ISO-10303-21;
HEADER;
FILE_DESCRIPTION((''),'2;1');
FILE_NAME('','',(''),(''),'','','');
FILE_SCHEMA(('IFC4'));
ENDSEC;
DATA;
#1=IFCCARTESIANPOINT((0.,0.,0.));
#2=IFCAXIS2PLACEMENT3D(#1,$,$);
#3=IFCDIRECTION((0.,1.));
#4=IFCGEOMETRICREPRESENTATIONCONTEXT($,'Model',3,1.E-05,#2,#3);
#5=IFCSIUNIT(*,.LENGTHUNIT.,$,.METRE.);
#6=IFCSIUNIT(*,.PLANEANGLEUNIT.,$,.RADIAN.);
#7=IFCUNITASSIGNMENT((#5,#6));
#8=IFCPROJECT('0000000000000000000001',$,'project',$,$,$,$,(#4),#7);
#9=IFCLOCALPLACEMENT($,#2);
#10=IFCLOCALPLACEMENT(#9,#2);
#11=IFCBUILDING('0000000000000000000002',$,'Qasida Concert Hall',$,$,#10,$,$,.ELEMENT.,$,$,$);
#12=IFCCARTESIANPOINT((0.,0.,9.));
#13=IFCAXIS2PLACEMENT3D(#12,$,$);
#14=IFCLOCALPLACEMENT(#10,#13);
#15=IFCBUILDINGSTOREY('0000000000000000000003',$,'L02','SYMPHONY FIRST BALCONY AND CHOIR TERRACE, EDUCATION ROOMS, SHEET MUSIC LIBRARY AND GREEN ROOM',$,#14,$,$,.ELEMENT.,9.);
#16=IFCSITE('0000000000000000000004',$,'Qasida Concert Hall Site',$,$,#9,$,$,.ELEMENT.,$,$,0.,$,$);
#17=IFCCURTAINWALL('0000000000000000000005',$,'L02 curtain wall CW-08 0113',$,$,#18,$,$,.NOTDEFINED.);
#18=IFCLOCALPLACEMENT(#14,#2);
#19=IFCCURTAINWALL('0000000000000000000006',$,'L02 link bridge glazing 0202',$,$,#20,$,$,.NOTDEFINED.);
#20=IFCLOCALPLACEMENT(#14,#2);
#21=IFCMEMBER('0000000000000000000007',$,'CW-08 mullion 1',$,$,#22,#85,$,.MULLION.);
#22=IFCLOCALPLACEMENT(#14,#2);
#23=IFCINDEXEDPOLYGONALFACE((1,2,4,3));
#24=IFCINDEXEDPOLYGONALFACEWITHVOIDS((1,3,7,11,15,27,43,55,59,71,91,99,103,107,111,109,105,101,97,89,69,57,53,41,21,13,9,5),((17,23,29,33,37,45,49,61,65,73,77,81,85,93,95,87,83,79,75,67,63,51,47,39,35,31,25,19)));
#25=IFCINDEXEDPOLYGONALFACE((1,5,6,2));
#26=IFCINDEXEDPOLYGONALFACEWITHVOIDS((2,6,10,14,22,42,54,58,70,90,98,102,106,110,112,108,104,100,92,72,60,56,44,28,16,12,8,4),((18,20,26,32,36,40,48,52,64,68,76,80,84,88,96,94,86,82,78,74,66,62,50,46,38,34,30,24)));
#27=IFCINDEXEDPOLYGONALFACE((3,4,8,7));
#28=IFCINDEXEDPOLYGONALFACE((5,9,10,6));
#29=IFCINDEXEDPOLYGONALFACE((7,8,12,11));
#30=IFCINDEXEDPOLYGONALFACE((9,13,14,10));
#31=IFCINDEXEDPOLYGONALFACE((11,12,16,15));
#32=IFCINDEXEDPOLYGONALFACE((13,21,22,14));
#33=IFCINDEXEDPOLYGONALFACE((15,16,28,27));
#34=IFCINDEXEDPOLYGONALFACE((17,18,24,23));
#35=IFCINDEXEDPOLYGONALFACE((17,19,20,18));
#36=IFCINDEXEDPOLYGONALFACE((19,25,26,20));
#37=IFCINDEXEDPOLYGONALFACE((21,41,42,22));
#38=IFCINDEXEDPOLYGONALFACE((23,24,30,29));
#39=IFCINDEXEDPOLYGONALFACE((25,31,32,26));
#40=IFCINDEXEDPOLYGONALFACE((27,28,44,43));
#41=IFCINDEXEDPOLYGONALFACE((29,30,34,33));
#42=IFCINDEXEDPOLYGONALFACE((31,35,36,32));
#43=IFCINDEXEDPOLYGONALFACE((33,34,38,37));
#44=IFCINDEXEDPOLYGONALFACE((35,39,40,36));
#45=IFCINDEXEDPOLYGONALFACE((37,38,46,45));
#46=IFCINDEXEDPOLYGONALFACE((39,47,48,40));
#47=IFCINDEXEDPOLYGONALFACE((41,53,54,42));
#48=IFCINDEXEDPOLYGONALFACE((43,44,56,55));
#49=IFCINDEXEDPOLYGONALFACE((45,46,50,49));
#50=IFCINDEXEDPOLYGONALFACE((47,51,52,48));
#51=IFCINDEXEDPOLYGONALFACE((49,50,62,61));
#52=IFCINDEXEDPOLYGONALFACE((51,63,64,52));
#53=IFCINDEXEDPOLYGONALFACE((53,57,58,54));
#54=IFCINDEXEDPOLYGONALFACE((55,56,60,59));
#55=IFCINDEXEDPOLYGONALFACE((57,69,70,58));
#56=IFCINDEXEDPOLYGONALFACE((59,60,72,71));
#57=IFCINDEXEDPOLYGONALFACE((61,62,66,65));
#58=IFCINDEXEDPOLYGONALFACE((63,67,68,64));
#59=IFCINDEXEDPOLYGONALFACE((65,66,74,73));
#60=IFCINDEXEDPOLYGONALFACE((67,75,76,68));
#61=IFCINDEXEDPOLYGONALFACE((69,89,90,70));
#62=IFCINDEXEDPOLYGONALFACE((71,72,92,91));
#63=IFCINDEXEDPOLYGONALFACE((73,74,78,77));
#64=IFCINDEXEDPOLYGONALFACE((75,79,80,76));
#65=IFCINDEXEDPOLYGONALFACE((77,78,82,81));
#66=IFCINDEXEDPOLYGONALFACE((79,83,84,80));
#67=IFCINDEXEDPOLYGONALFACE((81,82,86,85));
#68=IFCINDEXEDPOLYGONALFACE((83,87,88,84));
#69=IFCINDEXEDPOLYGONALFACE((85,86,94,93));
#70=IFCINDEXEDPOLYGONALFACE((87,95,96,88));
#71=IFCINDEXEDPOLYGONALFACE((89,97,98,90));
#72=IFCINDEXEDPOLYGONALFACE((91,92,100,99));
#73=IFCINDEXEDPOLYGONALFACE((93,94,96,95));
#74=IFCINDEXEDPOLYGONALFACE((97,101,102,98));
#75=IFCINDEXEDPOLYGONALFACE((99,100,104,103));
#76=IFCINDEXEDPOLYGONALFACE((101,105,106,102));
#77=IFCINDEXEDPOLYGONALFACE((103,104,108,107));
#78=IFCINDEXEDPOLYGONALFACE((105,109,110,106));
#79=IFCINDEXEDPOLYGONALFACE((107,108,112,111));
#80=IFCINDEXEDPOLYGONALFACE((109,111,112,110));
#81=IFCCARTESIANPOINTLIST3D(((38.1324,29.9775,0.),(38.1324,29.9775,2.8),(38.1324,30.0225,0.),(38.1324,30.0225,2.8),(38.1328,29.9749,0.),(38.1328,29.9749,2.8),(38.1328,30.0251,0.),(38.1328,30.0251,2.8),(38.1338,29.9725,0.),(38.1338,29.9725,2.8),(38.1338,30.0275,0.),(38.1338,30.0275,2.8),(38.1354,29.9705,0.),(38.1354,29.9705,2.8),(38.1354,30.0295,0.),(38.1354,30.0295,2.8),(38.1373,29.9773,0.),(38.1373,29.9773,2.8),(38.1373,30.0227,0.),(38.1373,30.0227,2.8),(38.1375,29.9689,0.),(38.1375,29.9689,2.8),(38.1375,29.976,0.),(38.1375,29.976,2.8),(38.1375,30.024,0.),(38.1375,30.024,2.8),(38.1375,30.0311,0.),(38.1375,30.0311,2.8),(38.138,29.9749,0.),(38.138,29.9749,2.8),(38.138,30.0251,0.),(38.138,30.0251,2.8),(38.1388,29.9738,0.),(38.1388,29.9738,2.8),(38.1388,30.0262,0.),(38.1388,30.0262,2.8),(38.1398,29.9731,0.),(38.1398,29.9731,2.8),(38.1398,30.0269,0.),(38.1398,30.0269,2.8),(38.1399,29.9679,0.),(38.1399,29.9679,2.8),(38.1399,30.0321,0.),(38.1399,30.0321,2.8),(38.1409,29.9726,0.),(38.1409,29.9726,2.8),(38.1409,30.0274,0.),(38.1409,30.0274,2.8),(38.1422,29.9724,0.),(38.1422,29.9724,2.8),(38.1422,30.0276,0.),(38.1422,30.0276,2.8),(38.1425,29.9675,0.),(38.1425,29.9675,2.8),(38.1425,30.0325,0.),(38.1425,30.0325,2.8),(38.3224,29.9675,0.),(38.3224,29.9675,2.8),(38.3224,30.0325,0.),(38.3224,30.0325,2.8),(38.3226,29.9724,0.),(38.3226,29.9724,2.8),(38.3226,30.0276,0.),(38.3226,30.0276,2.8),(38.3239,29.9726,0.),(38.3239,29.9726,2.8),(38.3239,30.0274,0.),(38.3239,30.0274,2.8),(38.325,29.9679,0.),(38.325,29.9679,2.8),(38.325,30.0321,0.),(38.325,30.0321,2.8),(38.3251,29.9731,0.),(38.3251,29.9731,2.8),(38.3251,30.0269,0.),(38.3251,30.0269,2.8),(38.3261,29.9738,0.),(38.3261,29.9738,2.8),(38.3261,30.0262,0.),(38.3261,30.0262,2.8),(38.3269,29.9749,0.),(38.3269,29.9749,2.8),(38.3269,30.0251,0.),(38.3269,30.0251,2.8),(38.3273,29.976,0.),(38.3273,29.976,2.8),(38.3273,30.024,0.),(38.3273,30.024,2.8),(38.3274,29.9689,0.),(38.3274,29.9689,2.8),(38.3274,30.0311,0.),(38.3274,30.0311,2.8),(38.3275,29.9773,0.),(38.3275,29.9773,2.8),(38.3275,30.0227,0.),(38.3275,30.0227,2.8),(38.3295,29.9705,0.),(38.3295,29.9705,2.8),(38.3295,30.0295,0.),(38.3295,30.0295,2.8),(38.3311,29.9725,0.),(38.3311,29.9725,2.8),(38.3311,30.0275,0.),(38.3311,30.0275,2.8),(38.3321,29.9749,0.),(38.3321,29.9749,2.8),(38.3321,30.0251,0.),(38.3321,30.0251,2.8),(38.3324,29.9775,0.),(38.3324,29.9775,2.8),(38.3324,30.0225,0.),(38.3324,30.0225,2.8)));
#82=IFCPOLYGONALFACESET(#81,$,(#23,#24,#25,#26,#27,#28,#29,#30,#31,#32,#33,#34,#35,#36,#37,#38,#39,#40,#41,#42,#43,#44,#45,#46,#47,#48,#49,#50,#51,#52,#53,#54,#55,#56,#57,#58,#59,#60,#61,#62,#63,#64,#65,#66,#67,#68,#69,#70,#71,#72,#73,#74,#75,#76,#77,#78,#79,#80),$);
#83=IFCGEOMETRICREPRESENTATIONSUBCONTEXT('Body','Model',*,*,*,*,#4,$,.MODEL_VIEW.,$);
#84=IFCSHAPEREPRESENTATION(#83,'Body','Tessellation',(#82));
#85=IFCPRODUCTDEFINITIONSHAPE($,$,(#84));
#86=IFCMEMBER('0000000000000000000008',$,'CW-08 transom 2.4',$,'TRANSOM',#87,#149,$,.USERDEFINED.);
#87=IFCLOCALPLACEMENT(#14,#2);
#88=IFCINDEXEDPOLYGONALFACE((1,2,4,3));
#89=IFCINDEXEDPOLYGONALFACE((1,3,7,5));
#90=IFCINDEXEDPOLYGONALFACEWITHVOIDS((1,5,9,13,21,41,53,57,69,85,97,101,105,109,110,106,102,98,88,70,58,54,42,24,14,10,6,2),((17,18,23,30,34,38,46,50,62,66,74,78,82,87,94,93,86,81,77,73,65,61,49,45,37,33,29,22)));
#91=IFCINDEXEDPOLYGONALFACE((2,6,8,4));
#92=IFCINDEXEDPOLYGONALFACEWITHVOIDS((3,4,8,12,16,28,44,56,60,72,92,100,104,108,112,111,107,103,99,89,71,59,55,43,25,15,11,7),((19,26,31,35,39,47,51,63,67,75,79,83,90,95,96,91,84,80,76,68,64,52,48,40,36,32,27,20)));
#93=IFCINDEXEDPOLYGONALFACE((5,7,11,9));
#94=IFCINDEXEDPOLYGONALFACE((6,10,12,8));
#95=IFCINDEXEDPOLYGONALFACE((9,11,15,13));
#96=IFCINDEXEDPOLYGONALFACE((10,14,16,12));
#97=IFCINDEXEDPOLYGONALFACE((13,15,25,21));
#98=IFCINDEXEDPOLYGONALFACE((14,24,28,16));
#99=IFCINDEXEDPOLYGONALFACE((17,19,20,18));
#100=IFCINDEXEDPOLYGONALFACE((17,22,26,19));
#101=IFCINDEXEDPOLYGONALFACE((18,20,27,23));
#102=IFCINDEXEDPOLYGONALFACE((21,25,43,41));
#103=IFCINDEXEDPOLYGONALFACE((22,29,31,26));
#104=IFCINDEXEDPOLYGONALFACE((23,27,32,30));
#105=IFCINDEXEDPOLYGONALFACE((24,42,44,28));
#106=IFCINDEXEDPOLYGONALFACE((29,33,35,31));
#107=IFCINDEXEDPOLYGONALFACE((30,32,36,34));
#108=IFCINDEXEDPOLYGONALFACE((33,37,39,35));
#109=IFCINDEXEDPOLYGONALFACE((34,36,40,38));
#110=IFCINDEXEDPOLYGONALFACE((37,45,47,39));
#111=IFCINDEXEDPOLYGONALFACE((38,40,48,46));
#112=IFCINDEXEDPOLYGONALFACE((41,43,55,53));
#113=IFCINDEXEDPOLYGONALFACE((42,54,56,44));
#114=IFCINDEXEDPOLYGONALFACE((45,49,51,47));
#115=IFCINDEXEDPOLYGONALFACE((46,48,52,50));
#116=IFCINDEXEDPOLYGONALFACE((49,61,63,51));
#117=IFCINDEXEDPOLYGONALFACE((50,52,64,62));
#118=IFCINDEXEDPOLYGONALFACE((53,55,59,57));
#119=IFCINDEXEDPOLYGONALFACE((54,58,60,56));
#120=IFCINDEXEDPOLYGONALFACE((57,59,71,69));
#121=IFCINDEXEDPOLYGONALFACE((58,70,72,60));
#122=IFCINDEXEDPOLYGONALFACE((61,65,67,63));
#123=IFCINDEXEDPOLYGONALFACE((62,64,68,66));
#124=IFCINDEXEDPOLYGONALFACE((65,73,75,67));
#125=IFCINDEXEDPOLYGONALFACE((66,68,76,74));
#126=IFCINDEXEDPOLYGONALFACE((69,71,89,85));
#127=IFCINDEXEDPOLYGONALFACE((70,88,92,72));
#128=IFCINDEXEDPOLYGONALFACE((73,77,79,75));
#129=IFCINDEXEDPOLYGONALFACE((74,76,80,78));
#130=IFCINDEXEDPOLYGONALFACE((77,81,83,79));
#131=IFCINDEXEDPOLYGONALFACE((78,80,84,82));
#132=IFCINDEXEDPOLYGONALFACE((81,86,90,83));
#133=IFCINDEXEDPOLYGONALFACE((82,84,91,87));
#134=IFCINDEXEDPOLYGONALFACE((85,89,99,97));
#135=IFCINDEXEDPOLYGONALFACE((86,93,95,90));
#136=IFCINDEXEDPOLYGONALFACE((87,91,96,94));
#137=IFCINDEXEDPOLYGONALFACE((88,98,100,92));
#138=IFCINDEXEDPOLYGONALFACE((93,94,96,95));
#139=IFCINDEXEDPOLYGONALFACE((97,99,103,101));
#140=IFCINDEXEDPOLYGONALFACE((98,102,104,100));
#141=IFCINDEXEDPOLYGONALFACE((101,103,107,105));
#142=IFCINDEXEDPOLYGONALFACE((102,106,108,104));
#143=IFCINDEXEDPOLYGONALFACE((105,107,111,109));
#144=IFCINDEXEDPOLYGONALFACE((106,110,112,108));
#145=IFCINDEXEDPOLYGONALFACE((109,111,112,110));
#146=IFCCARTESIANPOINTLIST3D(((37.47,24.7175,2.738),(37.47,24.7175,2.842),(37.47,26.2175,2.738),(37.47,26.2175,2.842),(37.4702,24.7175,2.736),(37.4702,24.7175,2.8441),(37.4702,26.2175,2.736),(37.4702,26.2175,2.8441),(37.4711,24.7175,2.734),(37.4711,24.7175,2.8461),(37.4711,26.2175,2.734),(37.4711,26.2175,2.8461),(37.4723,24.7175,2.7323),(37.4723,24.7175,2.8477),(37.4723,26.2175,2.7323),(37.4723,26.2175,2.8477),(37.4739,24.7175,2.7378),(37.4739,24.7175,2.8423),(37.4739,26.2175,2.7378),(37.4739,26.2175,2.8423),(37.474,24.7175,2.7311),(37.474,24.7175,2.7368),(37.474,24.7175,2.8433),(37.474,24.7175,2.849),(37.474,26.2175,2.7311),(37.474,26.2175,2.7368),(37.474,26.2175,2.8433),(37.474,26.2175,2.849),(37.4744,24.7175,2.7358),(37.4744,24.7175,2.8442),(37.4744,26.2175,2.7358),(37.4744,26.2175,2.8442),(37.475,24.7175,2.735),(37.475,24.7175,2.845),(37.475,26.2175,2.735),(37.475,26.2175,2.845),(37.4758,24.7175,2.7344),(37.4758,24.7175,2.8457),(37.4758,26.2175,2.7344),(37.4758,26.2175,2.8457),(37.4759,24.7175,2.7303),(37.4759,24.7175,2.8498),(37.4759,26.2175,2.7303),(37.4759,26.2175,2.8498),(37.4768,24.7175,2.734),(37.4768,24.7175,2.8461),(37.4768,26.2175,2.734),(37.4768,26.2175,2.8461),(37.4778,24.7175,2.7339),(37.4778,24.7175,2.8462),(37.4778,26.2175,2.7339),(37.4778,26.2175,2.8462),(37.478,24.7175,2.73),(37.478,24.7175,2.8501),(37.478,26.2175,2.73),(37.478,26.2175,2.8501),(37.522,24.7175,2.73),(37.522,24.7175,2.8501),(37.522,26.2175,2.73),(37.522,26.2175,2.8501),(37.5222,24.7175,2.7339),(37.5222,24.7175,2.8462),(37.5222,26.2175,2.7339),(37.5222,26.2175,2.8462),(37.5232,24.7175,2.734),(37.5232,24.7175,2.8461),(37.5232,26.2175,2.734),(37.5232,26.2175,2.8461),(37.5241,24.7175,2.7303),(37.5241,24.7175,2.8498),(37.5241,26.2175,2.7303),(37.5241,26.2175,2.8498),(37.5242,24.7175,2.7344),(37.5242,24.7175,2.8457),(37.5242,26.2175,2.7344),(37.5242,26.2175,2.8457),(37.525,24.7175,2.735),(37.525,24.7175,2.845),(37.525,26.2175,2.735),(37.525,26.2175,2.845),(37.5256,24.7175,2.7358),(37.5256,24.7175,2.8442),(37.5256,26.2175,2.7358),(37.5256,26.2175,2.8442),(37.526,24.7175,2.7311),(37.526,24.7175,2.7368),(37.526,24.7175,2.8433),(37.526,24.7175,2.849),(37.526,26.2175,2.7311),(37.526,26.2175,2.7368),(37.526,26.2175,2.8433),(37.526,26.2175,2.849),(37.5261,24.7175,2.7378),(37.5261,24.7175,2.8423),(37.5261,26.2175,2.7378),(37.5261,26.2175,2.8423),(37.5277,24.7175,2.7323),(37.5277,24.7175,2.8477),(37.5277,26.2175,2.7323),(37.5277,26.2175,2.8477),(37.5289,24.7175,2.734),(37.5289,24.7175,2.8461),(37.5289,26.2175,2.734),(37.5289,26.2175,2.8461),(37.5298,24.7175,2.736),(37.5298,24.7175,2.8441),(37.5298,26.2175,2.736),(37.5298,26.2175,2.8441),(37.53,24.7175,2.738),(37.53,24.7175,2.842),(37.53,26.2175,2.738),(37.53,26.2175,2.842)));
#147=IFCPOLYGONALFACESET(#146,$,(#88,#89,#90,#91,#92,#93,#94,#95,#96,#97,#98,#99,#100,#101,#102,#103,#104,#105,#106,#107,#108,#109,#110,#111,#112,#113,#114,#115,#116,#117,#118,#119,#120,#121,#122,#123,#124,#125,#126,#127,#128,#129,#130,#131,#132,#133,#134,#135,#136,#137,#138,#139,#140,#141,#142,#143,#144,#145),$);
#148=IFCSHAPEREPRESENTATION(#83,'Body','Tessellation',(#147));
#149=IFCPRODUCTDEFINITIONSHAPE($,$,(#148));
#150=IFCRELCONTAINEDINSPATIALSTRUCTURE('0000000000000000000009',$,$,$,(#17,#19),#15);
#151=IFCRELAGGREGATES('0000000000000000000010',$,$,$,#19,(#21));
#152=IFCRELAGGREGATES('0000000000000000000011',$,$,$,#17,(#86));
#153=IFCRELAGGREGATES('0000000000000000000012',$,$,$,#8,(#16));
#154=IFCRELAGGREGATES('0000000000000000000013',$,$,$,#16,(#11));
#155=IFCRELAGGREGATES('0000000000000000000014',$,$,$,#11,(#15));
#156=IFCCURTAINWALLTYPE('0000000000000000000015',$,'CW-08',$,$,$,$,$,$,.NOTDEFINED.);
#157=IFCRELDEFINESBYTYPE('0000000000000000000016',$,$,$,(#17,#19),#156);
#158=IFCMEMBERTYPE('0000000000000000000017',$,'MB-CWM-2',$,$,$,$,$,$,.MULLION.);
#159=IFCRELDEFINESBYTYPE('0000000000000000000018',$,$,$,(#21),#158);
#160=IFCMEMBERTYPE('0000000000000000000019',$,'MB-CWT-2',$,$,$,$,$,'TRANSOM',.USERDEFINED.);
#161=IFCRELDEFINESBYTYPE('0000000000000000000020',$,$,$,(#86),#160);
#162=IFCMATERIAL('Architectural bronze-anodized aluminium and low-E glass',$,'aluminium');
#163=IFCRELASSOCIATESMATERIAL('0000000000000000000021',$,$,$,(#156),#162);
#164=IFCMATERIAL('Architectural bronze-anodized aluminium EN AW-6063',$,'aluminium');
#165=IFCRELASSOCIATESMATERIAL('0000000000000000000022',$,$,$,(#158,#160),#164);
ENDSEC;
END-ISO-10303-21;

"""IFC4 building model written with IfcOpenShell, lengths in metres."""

from ifc_helpers import new_model, si_unit, direction, frame, origin, origin_2d, place, context, subcontext, project, spatial, hollow_rectangle, extrude, material, material_profile, profile_set, type_object, element, aggregate, save


model = new_model("IFC4")

# Units and contexts
model_context = context("Model", 3, precision=1e-05, world=origin(), true_north=direction((0.0, 1.0)))
body_context = subcontext(model_context, "Body", "Model", "MODEL_VIEW")
ifc_project = project(units=[si_unit("LENGTHUNIT", "METRE"), si_unit("PLANEANGLEUNIT", "RADIAN")], contexts=[model_context])

# Site, building, storey
site_placement = place(None, origin())
site = spatial("IfcSite", under=ifc_project, at=site_placement, Name="Qasida Concert Hall Site", CompositionType="ELEMENT", RefElevation=0.0)
building_placement = place(site_placement, origin())
building = spatial("IfcBuilding", under=site, at=building_placement, Name="Qasida Concert Hall", CompositionType="ELEMENT")
storey_placement = place(building_placement, frame((0.0, 0.0, 9.0)))
storey = spatial("IfcBuildingStorey", under=building, at=storey_placement, Name="L02", Description="SYMPHONY FIRST BALCONY AND CHOIR TERRACE, EDUCATION ROOMS, SHEET MUSIC LIBRARY AND GREEN ROOM", CompositionType="ELEMENT", Elevation=9.0)

# Curtain wall
ifc_material_1 = material(Name="Architectural bronze-anodized aluminium and low-E glass", Category="aluminium")
curtain_wall_type = type_object("IfcCurtainWallType", Name="CW-08", PredefinedType="NOTDEFINED", material=ifc_material_1)
curtain_wall_1_placement = place(storey_placement, origin())
curtain_wall_1 = element("IfcCurtainWall", 1, at=curtain_wall_1_placement, inside=storey, type_object=curtain_wall_type, Name="L02 curtain wall CW-08 0113", PredefinedType="NOTDEFINED")
ifc_material_2 = material(Name="Architectural bronze-anodized aluminium EN AW-6063", Category="aluminium")
ifc_material_profile_1 = material_profile(ifc_material_2, hollow_rectangle(XDim=0.0649, YDim=0.2, WallThickness=0.0049, InnerFilletRadius=0.0049, OuterFilletRadius=0.01, at=origin_2d()), Name="CWM 200x65x5")
ifc_profile_set_1 = profile_set([ifc_material_profile_1], Name="Architectural bronze-anodized aluminium EN AW-6063")
member_type_1 = type_object("IfcMemberType", Name="MB-CWM-2", PredefinedType="MULLION", material=ifc_profile_set_1)

# Curtain wall, member
curtain_wall_2_placement = place(storey_placement, origin())
curtain_wall_2 = element("IfcCurtainWall", 2, at=curtain_wall_2_placement, inside=storey, type_object=curtain_wall_type, Name="L02 link bridge glazing 0202", PredefinedType="NOTDEFINED")
member_1_placement = place(storey_placement, frame((38.2324, 30.0, 0.0), z_axis=(0.0, 0.0, 1.0), x_axis=(0.0, 1.0, 0.0)))
member_1 = element("IfcMember", 3, at=member_1_placement, type_object=member_type_1, Name="CW-08 mullion 1", PredefinedType="MULLION", context=body_context, shape_type="SweptSolid", body=[
    extrude(hollow_rectangle(XDim=0.0649, YDim=0.2, WallThickness=0.0049, InnerFilletRadius=0.0049, OuterFilletRadius=0.01, at=origin_2d()), origin(), (0.0, 0.0, 1.0), 2.8),
])
aggregate(curtain_wall_2, [member_1])

# Member
ifc_material_profile_2 = material_profile(ifc_material_2, hollow_rectangle(XDim=0.0601, YDim=0.1201, WallThickness=0.0039, InnerFilletRadius=0.0039, OuterFilletRadius=0.0081, at=origin_2d()), Name="CWT 120x60x4")
ifc_profile_set_2 = profile_set([ifc_material_profile_2], Name="Architectural bronze-anodized aluminium EN AW-6063")
member_type_2 = type_object("IfcMemberType", Name="MB-CWT-2", ElementType="TRANSOM", PredefinedType="USERDEFINED", material=ifc_profile_set_2)
member_2_placement = place(storey_placement, frame((37.5, 24.7175, 2.79), z_axis=(0.0, 1.0, 0.0), x_axis=(-1.0, 0.0, 0.0)))
member_2 = element("IfcMember", 4, at=member_2_placement, type_object=member_type_2, Name="CW-08 transom 2.4", ObjectType="TRANSOM", PredefinedType="USERDEFINED", context=body_context, shape_type="SweptSolid", body=[
    extrude(hollow_rectangle(XDim=0.0601, YDim=0.1201, WallThickness=0.0039, InnerFilletRadius=0.0039, OuterFilletRadius=0.0081, at=origin_2d()), origin(), (0.0, 0.0, 1.0), 1.5),
])

aggregate(curtain_wall_1, [member_2])

save(model, "model.ifc")
